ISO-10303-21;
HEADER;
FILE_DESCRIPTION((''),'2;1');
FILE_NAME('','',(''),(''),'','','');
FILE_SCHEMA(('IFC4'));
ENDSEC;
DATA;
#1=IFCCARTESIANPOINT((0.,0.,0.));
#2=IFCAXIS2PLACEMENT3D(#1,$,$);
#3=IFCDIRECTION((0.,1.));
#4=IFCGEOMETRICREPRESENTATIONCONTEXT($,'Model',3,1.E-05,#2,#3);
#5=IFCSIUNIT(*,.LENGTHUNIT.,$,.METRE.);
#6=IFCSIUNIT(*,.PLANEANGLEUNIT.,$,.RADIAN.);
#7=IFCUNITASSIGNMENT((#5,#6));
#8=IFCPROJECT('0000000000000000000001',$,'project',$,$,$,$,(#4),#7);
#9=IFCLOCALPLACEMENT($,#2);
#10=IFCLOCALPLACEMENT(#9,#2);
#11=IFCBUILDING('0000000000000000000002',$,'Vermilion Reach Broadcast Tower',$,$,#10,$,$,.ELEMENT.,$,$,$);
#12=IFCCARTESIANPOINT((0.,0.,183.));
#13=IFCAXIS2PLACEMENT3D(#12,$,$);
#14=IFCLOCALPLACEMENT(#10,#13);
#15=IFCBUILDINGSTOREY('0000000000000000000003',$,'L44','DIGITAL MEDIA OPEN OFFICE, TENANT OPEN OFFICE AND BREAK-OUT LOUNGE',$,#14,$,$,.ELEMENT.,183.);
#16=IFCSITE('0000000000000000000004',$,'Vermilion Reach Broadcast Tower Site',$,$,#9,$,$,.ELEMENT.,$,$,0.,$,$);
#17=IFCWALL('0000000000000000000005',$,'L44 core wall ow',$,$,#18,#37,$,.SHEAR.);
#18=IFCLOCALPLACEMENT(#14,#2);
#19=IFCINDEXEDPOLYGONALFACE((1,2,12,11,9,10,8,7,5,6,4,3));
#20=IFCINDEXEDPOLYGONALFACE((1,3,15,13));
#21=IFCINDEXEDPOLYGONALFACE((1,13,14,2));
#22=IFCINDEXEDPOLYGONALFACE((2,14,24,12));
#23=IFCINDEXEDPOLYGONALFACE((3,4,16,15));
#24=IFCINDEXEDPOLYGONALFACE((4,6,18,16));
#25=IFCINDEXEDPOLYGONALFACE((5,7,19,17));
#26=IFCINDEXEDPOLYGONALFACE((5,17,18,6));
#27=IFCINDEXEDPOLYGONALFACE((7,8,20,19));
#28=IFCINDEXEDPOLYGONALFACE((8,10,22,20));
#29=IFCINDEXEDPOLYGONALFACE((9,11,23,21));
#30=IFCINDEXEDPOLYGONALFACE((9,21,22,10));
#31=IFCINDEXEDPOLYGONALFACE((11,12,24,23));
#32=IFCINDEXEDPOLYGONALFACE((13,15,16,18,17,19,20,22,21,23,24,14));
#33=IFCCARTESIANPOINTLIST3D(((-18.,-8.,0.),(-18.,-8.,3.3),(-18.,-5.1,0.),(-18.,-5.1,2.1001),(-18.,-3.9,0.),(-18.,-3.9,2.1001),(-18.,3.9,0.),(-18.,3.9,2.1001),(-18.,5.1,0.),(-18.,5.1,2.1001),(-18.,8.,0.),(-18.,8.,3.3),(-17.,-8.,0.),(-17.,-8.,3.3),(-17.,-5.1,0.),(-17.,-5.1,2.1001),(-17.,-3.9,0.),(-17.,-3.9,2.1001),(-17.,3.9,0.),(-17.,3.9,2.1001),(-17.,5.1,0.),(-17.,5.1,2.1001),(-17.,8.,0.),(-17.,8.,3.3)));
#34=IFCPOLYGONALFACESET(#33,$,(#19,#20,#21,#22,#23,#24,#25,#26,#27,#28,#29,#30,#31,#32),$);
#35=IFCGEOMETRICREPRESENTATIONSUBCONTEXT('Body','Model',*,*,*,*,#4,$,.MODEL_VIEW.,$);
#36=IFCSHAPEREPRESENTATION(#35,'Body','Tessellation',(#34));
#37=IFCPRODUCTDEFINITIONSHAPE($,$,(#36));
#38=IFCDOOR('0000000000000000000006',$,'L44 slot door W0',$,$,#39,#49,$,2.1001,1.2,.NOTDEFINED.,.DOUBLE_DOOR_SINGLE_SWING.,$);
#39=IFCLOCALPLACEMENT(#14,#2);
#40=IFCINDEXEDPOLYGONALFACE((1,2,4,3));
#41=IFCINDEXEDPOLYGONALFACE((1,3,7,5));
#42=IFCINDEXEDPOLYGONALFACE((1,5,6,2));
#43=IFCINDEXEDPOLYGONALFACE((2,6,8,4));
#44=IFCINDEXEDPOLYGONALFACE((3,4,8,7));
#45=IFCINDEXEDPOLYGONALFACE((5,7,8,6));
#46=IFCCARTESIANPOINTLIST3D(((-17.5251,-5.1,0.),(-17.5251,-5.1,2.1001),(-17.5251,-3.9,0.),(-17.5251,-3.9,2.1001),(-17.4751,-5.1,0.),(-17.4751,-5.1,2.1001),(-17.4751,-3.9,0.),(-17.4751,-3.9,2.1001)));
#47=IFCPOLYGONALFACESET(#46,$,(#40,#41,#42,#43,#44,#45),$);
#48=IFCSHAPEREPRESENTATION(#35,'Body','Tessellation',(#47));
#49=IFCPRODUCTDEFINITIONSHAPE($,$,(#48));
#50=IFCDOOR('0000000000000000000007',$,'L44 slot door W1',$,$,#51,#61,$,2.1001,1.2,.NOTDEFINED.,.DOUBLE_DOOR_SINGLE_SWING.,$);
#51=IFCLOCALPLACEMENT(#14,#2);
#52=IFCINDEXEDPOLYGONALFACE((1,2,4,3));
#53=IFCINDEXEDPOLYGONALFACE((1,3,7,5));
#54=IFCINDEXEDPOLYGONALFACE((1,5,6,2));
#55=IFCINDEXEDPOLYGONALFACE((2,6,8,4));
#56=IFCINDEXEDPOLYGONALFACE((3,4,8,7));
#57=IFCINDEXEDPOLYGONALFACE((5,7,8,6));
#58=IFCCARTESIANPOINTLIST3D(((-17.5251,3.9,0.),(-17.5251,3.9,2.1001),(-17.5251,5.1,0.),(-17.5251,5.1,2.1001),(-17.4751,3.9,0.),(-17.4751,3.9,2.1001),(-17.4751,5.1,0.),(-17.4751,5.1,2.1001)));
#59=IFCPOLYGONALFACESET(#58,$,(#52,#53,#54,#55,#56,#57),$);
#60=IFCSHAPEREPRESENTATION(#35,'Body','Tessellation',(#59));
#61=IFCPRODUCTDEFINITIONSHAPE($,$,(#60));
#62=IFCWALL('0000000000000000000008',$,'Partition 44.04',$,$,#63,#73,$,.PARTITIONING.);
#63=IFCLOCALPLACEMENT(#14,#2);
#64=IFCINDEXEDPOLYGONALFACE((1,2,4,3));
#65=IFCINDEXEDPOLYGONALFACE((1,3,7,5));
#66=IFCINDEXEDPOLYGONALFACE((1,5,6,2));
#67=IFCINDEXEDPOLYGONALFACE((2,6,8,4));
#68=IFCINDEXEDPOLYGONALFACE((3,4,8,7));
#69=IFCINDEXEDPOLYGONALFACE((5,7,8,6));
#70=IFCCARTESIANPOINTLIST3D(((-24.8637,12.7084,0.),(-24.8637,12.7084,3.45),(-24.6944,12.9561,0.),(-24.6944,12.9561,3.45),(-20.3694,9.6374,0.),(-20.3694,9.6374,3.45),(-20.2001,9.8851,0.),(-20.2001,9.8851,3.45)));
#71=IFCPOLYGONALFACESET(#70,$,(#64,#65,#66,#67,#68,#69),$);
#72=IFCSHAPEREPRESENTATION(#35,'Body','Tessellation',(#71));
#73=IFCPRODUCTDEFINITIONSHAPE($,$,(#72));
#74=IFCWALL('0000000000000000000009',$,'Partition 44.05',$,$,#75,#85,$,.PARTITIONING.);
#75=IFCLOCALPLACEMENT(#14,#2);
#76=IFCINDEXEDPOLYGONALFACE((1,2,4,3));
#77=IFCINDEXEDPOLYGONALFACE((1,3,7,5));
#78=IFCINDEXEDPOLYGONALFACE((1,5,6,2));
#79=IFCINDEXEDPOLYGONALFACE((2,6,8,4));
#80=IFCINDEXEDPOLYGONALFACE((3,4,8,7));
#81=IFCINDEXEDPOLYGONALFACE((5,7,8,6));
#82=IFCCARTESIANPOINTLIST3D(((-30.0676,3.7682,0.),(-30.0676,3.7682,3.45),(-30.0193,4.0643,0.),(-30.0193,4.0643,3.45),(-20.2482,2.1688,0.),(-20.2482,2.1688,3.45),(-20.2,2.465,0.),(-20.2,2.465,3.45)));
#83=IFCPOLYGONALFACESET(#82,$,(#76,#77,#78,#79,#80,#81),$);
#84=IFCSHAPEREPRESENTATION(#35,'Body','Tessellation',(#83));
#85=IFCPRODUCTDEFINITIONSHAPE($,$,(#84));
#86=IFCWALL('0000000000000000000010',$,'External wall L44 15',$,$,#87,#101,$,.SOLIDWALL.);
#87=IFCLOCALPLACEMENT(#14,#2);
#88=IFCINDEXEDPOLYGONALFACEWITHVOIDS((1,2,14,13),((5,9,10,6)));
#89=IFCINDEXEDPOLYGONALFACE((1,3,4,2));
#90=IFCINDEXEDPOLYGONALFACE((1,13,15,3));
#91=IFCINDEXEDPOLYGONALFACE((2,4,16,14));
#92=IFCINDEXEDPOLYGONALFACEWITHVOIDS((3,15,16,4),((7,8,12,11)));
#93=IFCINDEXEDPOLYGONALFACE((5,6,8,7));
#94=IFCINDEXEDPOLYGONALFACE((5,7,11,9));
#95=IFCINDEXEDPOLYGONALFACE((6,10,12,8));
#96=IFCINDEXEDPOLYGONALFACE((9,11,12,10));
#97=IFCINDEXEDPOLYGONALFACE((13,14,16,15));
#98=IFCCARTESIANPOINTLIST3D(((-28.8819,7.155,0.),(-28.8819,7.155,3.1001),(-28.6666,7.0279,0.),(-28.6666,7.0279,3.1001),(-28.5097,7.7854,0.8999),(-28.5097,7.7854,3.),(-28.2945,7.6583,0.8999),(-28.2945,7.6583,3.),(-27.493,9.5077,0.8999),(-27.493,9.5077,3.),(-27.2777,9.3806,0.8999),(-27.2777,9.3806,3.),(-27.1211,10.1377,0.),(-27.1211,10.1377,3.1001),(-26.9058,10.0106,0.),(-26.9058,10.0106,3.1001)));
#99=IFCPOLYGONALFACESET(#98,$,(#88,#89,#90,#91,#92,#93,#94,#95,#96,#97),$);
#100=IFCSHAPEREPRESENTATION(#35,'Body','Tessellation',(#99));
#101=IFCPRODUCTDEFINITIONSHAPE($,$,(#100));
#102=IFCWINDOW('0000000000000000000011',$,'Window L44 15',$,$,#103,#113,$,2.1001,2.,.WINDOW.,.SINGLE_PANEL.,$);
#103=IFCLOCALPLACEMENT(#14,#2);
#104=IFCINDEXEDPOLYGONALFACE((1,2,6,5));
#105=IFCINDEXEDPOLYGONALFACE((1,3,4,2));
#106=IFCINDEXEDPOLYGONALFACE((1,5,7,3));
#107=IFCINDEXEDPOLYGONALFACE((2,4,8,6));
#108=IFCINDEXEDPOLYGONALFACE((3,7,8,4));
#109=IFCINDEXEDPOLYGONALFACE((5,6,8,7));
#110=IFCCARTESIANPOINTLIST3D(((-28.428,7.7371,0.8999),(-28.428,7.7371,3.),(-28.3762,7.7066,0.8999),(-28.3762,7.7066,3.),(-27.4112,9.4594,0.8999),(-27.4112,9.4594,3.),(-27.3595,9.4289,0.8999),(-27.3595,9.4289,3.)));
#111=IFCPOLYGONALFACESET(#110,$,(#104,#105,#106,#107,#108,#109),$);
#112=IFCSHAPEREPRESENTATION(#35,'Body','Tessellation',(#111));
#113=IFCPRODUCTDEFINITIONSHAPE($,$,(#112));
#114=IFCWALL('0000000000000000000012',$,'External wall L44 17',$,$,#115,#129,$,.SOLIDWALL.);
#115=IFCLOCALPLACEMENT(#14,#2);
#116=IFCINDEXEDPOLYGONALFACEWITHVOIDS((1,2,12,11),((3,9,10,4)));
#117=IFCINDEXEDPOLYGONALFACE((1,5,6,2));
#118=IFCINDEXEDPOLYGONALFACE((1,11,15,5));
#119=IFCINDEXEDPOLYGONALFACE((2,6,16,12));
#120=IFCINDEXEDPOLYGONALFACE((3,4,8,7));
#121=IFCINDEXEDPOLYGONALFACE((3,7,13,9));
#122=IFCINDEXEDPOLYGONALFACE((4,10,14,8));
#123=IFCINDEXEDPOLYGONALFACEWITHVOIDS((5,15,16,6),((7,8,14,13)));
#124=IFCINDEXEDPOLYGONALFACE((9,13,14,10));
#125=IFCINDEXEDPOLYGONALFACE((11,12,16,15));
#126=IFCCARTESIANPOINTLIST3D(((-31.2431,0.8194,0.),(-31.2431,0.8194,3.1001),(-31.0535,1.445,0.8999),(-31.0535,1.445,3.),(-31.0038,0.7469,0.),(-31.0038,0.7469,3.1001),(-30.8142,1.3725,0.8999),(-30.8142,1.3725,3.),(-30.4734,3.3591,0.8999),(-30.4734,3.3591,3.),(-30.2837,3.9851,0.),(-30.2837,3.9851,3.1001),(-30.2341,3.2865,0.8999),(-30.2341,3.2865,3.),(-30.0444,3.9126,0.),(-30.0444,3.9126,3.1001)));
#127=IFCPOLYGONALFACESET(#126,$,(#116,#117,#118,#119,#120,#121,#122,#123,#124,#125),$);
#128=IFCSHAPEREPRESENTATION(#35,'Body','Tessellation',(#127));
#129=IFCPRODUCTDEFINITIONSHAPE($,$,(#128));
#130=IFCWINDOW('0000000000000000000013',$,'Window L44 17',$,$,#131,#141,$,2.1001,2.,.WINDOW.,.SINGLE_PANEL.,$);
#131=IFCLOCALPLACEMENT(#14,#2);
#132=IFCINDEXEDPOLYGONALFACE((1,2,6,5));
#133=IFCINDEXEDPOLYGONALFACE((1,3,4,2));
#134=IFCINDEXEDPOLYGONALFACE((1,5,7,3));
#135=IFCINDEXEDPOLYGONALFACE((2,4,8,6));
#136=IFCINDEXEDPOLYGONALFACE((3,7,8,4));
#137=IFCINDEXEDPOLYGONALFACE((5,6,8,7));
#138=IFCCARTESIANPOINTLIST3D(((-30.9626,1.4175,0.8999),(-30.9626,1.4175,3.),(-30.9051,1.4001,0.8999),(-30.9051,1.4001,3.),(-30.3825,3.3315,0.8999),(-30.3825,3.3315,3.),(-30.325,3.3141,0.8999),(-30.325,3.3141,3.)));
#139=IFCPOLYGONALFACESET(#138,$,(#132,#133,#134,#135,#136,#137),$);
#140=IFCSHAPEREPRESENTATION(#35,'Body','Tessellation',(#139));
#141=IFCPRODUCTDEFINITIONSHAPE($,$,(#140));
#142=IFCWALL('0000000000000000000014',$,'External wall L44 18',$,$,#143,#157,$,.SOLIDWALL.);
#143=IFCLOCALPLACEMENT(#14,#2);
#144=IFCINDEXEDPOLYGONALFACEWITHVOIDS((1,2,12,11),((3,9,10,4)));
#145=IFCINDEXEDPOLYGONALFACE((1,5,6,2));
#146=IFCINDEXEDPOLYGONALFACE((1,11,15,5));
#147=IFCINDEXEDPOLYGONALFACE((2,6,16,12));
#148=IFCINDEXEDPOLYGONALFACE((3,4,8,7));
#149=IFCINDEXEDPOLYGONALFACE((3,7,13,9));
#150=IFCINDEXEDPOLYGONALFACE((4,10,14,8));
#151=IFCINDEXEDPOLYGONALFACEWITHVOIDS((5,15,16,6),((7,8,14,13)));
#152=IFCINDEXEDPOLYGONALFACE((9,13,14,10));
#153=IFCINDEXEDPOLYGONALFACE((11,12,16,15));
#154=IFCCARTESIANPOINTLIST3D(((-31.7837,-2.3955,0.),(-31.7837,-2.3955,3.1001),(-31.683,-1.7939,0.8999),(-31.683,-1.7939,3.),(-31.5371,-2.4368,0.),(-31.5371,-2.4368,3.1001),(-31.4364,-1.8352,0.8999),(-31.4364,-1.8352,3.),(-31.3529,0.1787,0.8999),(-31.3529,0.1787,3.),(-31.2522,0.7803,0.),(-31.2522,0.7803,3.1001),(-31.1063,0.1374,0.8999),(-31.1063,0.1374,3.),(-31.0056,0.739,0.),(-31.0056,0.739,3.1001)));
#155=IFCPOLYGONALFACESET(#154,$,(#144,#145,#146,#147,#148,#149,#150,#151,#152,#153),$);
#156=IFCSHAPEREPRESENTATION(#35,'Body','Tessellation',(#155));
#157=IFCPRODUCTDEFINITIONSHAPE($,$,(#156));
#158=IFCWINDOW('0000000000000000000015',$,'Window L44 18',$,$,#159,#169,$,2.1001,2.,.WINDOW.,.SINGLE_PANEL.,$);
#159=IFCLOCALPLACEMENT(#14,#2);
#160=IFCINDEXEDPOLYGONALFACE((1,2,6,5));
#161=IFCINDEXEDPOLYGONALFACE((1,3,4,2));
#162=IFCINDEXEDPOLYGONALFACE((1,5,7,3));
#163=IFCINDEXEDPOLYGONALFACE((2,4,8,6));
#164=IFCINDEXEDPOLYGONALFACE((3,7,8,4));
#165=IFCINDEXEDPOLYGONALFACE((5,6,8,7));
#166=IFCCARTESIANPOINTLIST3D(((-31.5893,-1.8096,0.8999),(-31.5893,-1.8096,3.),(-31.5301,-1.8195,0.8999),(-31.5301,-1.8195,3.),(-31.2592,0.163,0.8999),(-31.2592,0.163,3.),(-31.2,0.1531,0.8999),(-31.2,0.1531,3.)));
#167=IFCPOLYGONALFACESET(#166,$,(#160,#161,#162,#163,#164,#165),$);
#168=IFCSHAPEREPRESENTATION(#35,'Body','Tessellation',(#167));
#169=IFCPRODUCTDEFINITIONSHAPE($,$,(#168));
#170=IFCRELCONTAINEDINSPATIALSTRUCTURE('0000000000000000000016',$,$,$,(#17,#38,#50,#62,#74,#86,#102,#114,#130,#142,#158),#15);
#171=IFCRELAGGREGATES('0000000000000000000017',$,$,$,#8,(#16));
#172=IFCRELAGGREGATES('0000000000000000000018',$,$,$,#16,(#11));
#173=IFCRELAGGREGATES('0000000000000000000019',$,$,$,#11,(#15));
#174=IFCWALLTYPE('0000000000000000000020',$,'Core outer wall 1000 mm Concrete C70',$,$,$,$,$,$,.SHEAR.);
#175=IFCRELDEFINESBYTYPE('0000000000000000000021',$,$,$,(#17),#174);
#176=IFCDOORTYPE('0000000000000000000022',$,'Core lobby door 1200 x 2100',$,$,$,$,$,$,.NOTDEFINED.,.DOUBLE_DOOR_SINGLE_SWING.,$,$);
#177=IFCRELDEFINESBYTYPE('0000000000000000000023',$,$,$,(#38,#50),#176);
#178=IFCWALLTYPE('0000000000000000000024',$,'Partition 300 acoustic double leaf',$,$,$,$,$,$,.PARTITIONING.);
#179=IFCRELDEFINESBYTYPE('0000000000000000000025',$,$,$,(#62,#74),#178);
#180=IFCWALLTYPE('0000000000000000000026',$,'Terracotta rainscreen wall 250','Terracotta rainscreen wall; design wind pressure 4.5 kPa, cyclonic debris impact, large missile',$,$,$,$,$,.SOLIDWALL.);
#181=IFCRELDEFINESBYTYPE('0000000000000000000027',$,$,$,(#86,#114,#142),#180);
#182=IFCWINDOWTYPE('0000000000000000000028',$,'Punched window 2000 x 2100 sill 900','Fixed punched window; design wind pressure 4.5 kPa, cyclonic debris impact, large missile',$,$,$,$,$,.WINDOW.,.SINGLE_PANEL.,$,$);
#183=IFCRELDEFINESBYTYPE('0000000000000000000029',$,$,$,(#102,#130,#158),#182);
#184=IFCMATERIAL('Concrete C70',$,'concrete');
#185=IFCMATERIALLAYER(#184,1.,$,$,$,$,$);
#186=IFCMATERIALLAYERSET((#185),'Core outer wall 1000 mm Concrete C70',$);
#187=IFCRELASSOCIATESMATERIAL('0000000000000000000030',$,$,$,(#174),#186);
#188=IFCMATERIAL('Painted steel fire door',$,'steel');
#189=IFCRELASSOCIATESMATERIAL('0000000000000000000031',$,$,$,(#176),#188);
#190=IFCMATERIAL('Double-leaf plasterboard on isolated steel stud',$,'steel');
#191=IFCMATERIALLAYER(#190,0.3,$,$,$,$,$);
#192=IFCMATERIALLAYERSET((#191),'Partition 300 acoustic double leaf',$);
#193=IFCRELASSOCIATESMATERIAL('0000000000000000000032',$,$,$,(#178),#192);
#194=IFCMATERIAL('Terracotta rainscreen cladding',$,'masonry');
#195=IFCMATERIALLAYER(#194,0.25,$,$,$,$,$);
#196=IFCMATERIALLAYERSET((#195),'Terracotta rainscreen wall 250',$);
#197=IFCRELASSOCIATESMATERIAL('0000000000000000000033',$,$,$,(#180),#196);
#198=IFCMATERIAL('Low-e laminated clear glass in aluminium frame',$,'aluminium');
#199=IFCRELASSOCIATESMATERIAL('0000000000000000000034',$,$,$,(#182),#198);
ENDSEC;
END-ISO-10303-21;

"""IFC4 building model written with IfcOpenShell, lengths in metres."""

from ifc_helpers import new_model, si_unit, direction, frame, frame_2d, origin, place, context, subcontext, project, spatial, rectangle, extrude, material, layer, layer_set, type_object, element, fill, save


model = new_model("IFC4")

# Units and contexts
model_context = context("Model", 3, precision=1e-05, world=origin(), true_north=direction((0.0, 1.0)))
body_context = subcontext(model_context, "Body", "Model", "MODEL_VIEW")
ifc_project = project(units=[si_unit("LENGTHUNIT", "METRE"), si_unit("PLANEANGLEUNIT", "RADIAN")], contexts=[model_context])

# Site, building, storey
site_placement = place(None, origin())
site = spatial("IfcSite", under=ifc_project, at=site_placement, Name="Vermilion Reach Broadcast Tower Site", CompositionType="ELEMENT", RefElevation=0.0)
building_placement = place(site_placement, origin())
building = spatial("IfcBuilding", under=site, at=building_placement, Name="Vermilion Reach Broadcast Tower", CompositionType="ELEMENT")
storey_placement = place(building_placement, frame((0.0, 0.0, 183.0)))
storey = spatial("IfcBuildingStorey", under=building, at=storey_placement, Name="L44", Description="DIGITAL MEDIA OPEN OFFICE, TENANT OPEN OFFICE AND BREAK-OUT LOUNGE", CompositionType="ELEMENT", Elevation=183.0)

# Wall, openings, doors
ifc_material_1 = material(Name="Concrete C70", Category="concrete")
ifc_layer_1 = layer(ifc_material_1, 1.0)
ifc_layer_set_1 = layer_set([ifc_layer_1], Name="Core outer wall 1000 mm Concrete C70")
wall_type_1 = type_object("IfcWallType", Name="Core outer wall 1000 mm Concrete C70", PredefinedType="SHEAR", material=ifc_layer_set_1)
wall_1_placement = place(storey_placement, frame((-17.5, 8.0, 0.0), z_axis=(0.0, 0.0, 1.0), x_axis=(0.0, -1.0, 0.0)))
wall_1 = element("IfcWall", 1, at=wall_1_placement, inside=storey, type_object=wall_type_1, Name="L44 core wall ow", PredefinedType="SHEAR", context=body_context, shape_type="SweptSolid", body=[
    extrude(rectangle(XDim=16.0, YDim=1.0, at=frame_2d((8.0, 0.0))), origin(), (0.0, 0.0, 1.0), 3.3),
])
opening_1_placement = place(wall_1_placement, frame((11.8999, 0.0, 0.0)))
opening_1 = element("IfcOpeningElement", 2, at=opening_1_placement, cuts=wall_1, PredefinedType="OPENING", context=body_context, shape_type="SweptSolid", body=[
    extrude(rectangle(XDim=1.2, YDim=2.1001, at=frame_2d((0.6001, 1.05))), frame((0.0, 0.51, 0.0), z_axis=(0.0, -1.0, 0.0), x_axis=(1.0, 0.0, 0.0)), (0.0, 0.0, 1.0), 1.02),
])
opening_2_placement = place(wall_1_placement, frame((2.8999, 0.0, 0.0)))
opening_2 = element("IfcOpeningElement", 3, at=opening_2_placement, cuts=wall_1, PredefinedType="OPENING", context=body_context, shape_type="SweptSolid", body=[
    extrude(rectangle(XDim=1.2, YDim=2.1001, at=frame_2d((0.6001, 1.05))), frame((0.0, 0.51, 0.0), z_axis=(0.0, -1.0, 0.0), x_axis=(1.0, 0.0, 0.0)), (0.0, 0.0, 1.0), 1.02),
])
ifc_material_2 = material(Name="Painted steel fire door", Category="steel")
door_type_1 = type_object("IfcDoorType", Name="Core lobby door 1200 x 2100", OperationType="DOUBLE_DOOR_SINGLE_SWING", PredefinedType="NOTDEFINED", material=ifc_material_2)
door_1_placement = place(opening_1_placement, origin())
door_1 = element("IfcDoor", 4, at=door_1_placement, inside=storey, type_object=door_type_1, Name="L44 slot door W0", OperationType="DOUBLE_DOOR_SINGLE_SWING", OverallHeight=2.1001, OverallWidth=1.2, PredefinedType="NOTDEFINED", context=body_context, shape_type="SweptSolid", body=[
    extrude(rectangle(XDim=1.2, YDim=2.1001, at=frame_2d((0.6001, 1.05))), frame((0.0, 0.0249, 0.0), z_axis=(0.0, -1.0, 0.0), x_axis=(1.0, 0.0, 0.0)), (0.0, 0.0, 1.0), 0.05),
])
fill(opening_1, door_1)
door_2_placement = place(opening_2_placement, origin())
door_2 = element("IfcDoor", 5, at=door_2_placement, inside=storey, type_object=door_type_1, Name="L44 slot door W1", OperationType="DOUBLE_DOOR_SINGLE_SWING", OverallHeight=2.1001, OverallWidth=1.2, PredefinedType="NOTDEFINED", context=body_context, shape_type="SweptSolid", body=[
    extrude(rectangle(XDim=1.2, YDim=2.1001, at=frame_2d((0.6001, 1.05))), frame((0.0, 0.0249, 0.0), z_axis=(0.0, -1.0, 0.0), x_axis=(1.0, 0.0, 0.0)), (0.0, 0.0, 1.0), 0.05),
])
fill(opening_2, door_2)

# Walls
ifc_material_3 = material(Name="Double-leaf plasterboard on isolated steel stud", Category="steel")
ifc_layer_2 = layer(ifc_material_3, 0.3)
ifc_layer_set_2 = layer_set([ifc_layer_2], Name="Partition 300 acoustic double leaf")
wall_type_2 = type_object("IfcWallType", Name="Partition 300 acoustic double leaf", PredefinedType="PARTITIONING", material=ifc_layer_set_2)
wall_2_placement = place(storey_placement, frame((-24.7791, 12.8323, 0.0), z_axis=(0.0, 0.0, 1.0), x_axis=(0.825655, -0.564176, 0.0)))
element("IfcWall", 6, at=wall_2_placement, inside=storey, type_object=wall_type_2, Name="Partition 44.04", PredefinedType="PARTITIONING", context=body_context, shape_type="SweptSolid", body=[
    extrude(rectangle(XDim=5.4434, YDim=0.3, at=frame_2d((2.7217, 0.0))), origin(), (0.0, 0.0, 1.0), 3.45),
])
wall_3_placement = place(storey_placement, frame((-30.0435, 3.9163, 0.0), z_axis=(0.0, 0.0, 1.0), x_axis=(0.986993, -0.160761, 0.0)))
element("IfcWall", 7, at=wall_3_placement, inside=storey, type_object=wall_type_2, Name="Partition 44.05", PredefinedType="PARTITIONING", context=body_context, shape_type="SweptSolid", body=[
    extrude(rectangle(XDim=9.9487, YDim=0.3, at=frame_2d((4.9744, 0.0))), origin(), (0.0, 0.0, 1.0), 3.45),
])

# Wall, opening, window
ifc_material_4 = material(Name="Terracotta rainscreen cladding", Category="masonry")
ifc_layer_3 = layer(ifc_material_4, 0.25)
ifc_layer_set_3 = layer_set([ifc_layer_3], Name="Terracotta rainscreen wall 250")
wall_type_3 = type_object("IfcWallType", Name="Terracotta rainscreen wall 250", Description="Terracotta rainscreen wall; design wind pressure 4.5 kPa, cyclonic debris impact, large missile", PredefinedType="SOLIDWALL", material=ifc_layer_set_3)
wall_4_placement = place(storey_placement, frame((-27.0134, 10.0742, 0.0), z_axis=(0.0, 0.0, 1.0), x_axis=(-0.508356, -0.861147, 0.0)))
wall_4 = element("IfcWall", 8, at=wall_4_placement, inside=storey, type_object=wall_type_3, Name="External wall L44 15", PredefinedType="SOLIDWALL", context=body_context, shape_type="SweptSolid", body=[
    extrude(rectangle(XDim=3.4636, YDim=0.25, at=frame_2d((1.7319, 0.0))), origin(), (0.0, 0.0, 1.0), 3.1001),
])
opening_3_placement = place(wall_4_placement, frame((0.7317, 0.0, 0.8999)))
opening_3 = element("IfcOpeningElement", 9, at=opening_3_placement, cuts=wall_4, PredefinedType="OPENING", context=body_context, shape_type="SweptSolid", body=[
    extrude(rectangle(XDim=2.0, YDim=2.1001, at=frame_2d((1.0, 1.05))), frame((0.0, 0.135, 0.0), z_axis=(0.0, -1.0, 0.0), x_axis=(1.0, 0.0, 0.0)), (0.0, 0.0, 1.0), 0.27),
])
ifc_material_5 = material(Name="Low-e laminated clear glass in aluminium frame", Category="aluminium")
window_type = type_object("IfcWindowType", Name="Punched window 2000 x 2100 sill 900", Description="Fixed punched window; design wind pressure 4.5 kPa, cyclonic debris impact, large missile", PartitioningType="SINGLE_PANEL", PredefinedType="WINDOW", material=ifc_material_5)
window_1_placement = place(opening_3_placement, origin())
window_1 = element("IfcWindow", 10, at=window_1_placement, inside=storey, type_object=window_type, Name="Window L44 15", OverallHeight=2.1001, OverallWidth=2.0, PartitioningType="SINGLE_PANEL", PredefinedType="WINDOW", context=body_context, shape_type="SweptSolid", body=[
    extrude(rectangle(XDim=2.0, YDim=2.1001, at=frame_2d((1.0, 1.05))), frame((0.0, 0.03, 0.0), z_axis=(0.0, -1.0, 0.0), x_axis=(1.0, 0.0, 0.0)), (0.0, 0.0, 1.0), 0.0601),
])
fill(opening_3, window_1)

# Walls, openings, windows
wall_5_placement = place(storey_placement, frame((-30.1641, 3.9487, 0.0), z_axis=(0.0, 0.0, 1.0), x_axis=(-0.290048, -0.957012, 0.0)))
wall_5 = element("IfcWall", 11, at=wall_5_placement, inside=storey, type_object=wall_type_3, Name="External wall L44 17", PredefinedType="SOLIDWALL", context=body_context, shape_type="SweptSolid", body=[
    extrude(rectangle(XDim=3.3079, YDim=0.25, at=frame_2d((1.6538, 0.0))), origin(), (0.0, 0.0, 1.0), 3.1001),
])
opening_4_placement = place(wall_5_placement, frame((0.6541, 0.0, 0.8999)))
opening_4 = element("IfcOpeningElement", 12, at=opening_4_placement, cuts=wall_5, PredefinedType="OPENING", context=body_context, shape_type="SweptSolid", body=[
    extrude(rectangle(XDim=2.0, YDim=2.1001, at=frame_2d((1.0, 1.05))), frame((0.0, 0.135, 0.0), z_axis=(0.0, -1.0, 0.0), x_axis=(1.0, 0.0, 0.0)), (0.0, 0.0, 1.0), 0.27),
])
window_2_placement = place(opening_4_placement, origin())
window_2 = element("IfcWindow", 13, at=window_2_placement, inside=storey, type_object=window_type, Name="Window L44 17", OverallHeight=2.1001, OverallWidth=2.0, PartitioningType="SINGLE_PANEL", PredefinedType="WINDOW", context=body_context, shape_type="SweptSolid", body=[
    extrude(rectangle(XDim=2.0, YDim=2.1001, at=frame_2d((1.0, 1.05))), frame((0.0, 0.03, 0.0), z_axis=(0.0, -1.0, 0.0), x_axis=(1.0, 0.0, 0.0)), (0.0, 0.0, 1.0), 0.0601),
])
fill(opening_4, window_2)
wall_6_placement = place(storey_placement, frame((-31.1289, 0.7595, 0.0), z_axis=(0.0, 0.0, 1.0), x_axis=(-0.165063, -0.986283, 0.0)))
wall_6 = element("IfcWall", 14, at=wall_6_placement, inside=storey, type_object=wall_type_3, Name="External wall L44 18", PredefinedType="SOLIDWALL", context=body_context, shape_type="SweptSolid", body=[
    extrude(rectangle(XDim=3.22, YDim=0.25, at=frame_2d((1.6099, 0.0))), origin(), (0.0, 0.0, 1.0), 3.1001),
])
opening_5_placement = place(wall_6_placement, frame((0.6099, 0.0, 0.8999)))
opening_5 = element("IfcOpeningElement", 15, at=opening_5_placement, cuts=wall_6, PredefinedType="OPENING", context=body_context, shape_type="SweptSolid", body=[
    extrude(rectangle(XDim=2.0, YDim=2.1001, at=frame_2d((1.0, 1.05))), frame((0.0, 0.135, 0.0), z_axis=(0.0, -1.0, 0.0), x_axis=(1.0, 0.0, 0.0)), (0.0, 0.0, 1.0), 0.27),
])
window_3_placement = place(opening_5_placement, origin())
window_3 = element("IfcWindow", 16, at=window_3_placement, inside=storey, type_object=window_type, Name="Window L44 18", OverallHeight=2.1001, OverallWidth=2.0, PartitioningType="SINGLE_PANEL", PredefinedType="WINDOW", context=body_context, shape_type="SweptSolid", body=[
    extrude(rectangle(XDim=2.0, YDim=2.1001, at=frame_2d((1.0, 1.05))), frame((0.0, 0.03, 0.0), z_axis=(0.0, -1.0, 0.0), x_axis=(1.0, 0.0, 0.0)), (0.0, 0.0, 1.0), 0.0601),
])
fill(opening_5, window_3)

save(model, "model.ifc")
